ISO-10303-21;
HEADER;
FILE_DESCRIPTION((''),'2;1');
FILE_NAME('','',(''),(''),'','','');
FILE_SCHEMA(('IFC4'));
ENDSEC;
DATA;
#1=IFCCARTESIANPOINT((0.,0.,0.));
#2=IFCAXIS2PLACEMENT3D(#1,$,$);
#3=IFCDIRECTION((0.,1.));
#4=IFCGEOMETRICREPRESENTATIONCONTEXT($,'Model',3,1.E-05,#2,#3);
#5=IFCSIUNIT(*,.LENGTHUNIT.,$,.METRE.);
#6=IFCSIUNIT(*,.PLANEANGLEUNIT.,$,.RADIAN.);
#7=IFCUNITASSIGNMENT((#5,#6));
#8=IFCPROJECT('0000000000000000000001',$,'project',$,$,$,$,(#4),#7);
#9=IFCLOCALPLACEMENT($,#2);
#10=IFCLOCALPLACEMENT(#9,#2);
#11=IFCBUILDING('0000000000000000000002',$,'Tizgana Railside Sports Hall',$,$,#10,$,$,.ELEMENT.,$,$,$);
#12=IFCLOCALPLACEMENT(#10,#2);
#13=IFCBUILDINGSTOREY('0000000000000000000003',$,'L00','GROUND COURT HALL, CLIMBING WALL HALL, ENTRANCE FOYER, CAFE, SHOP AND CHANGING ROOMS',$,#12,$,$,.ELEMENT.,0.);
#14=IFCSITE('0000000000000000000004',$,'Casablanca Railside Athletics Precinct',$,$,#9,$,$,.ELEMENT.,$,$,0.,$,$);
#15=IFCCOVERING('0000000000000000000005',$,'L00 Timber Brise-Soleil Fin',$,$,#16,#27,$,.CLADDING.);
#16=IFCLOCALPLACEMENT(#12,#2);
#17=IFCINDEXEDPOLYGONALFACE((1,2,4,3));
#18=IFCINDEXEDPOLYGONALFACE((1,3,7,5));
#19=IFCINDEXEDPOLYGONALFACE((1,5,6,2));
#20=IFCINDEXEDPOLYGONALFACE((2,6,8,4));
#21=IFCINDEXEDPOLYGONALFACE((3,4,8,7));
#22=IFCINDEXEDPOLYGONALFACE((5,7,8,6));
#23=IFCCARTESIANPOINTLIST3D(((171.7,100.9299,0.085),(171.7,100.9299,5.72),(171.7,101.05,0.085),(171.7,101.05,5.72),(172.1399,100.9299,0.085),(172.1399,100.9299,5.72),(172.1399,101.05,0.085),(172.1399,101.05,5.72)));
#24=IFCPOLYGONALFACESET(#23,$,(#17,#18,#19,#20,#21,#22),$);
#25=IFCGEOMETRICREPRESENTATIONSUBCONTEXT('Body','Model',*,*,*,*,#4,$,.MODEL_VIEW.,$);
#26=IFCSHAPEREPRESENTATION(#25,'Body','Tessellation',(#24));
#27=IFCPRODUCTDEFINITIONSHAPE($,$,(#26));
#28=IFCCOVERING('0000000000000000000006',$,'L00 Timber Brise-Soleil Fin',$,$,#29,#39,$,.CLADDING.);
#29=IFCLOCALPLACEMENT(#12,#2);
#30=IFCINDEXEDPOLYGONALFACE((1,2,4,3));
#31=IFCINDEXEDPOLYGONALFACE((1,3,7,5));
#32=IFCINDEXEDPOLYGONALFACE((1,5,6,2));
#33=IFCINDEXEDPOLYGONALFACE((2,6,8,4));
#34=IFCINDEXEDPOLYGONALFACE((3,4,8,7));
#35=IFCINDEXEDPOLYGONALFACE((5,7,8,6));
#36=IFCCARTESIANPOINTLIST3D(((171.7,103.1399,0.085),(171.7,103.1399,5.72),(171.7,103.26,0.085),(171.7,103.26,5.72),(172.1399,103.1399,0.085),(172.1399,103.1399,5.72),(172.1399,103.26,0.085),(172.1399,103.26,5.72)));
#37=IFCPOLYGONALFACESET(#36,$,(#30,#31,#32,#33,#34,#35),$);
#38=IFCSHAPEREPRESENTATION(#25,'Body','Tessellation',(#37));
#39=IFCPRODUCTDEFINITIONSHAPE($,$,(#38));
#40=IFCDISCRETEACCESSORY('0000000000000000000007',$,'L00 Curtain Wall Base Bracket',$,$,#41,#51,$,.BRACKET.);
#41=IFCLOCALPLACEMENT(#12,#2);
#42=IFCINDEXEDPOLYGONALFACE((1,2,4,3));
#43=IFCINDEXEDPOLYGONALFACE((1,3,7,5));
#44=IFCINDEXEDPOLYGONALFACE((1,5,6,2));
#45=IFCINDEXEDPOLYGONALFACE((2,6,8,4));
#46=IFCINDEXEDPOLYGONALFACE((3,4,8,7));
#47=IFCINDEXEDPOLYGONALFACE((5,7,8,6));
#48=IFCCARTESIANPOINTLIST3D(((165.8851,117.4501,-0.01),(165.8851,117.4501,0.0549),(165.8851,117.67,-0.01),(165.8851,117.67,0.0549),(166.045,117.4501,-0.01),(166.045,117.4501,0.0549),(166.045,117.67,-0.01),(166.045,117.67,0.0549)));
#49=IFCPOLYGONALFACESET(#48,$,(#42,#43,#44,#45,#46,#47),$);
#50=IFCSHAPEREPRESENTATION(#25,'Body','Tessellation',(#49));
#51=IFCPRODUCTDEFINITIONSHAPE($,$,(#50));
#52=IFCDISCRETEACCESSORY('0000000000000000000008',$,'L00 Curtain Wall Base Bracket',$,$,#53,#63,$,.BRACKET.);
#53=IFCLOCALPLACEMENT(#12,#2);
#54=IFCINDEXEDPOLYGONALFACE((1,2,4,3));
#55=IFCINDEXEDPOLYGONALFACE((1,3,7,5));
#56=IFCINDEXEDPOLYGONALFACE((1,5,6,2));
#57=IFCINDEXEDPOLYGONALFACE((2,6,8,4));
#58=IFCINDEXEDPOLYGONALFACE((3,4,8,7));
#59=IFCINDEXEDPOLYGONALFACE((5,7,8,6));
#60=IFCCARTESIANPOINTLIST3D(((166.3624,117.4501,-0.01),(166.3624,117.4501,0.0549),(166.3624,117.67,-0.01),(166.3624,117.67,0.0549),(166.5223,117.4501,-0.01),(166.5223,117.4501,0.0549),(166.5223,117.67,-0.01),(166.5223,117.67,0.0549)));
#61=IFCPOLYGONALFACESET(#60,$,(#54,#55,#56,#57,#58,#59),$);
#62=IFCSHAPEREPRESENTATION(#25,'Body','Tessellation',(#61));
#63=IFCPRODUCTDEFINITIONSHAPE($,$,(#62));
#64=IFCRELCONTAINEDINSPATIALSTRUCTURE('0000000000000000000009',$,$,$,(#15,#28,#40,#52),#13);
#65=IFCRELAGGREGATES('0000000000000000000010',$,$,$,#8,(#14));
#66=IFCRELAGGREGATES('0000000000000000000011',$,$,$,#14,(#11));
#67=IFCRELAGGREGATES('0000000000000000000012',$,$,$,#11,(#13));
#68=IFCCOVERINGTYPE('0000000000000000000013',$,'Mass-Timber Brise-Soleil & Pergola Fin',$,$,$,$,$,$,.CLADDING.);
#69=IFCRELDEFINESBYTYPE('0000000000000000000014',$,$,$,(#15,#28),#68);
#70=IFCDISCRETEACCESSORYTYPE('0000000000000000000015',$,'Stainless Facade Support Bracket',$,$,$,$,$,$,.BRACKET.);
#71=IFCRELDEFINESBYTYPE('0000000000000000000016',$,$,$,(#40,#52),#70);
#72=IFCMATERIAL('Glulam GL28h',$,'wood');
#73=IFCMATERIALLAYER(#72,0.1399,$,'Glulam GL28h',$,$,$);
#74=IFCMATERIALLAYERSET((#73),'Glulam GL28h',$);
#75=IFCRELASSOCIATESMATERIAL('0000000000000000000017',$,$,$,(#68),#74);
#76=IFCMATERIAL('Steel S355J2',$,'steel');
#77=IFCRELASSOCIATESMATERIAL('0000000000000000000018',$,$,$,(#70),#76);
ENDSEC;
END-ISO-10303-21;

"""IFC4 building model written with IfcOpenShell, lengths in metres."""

from ifc_helpers import new_model, si_unit, direction, frame, origin, origin_2d, place, context, subcontext, project, spatial, rectangle, extrude, material, layer, layer_set, type_object, element, save


model = new_model("IFC4")

# Units and contexts
model_context = context("Model", 3, precision=1e-05, world=origin(), true_north=direction((0.0, 1.0)))
body_context = subcontext(model_context, "Body", "Model", "MODEL_VIEW")
ifc_project = project(units=[si_unit("LENGTHUNIT", "METRE"), si_unit("PLANEANGLEUNIT", "RADIAN")], contexts=[model_context])

# Site, building, storey
site_placement = place(None, origin())
site = spatial("IfcSite", under=ifc_project, at=site_placement, Name="Casablanca Railside Athletics Precinct", CompositionType="ELEMENT", RefElevation=0.0)
building_placement = place(site_placement, origin())
building = spatial("IfcBuilding", under=site, at=building_placement, Name="Tizgana Railside Sports Hall", CompositionType="ELEMENT")
storey_placement = place(building_placement, origin())
storey = spatial("IfcBuildingStorey", under=building, at=storey_placement, Name="L00", Description="GROUND COURT HALL, CLIMBING WALL HALL, ENTRANCE FOYER, CAFE, SHOP AND CHANGING ROOMS", CompositionType="ELEMENT", Elevation=0.0)

# Shared definitions
ifc_material_1 = material(Name="Steel S355J2", Category="steel")

# Coverings
ifc_material_2 = material(Name="Glulam GL28h", Category="wood")
ifc_layer_1 = layer(ifc_material_2, 0.1399, Name="Glulam GL28h")
ifc_layer_set_1 = layer_set([ifc_layer_1], Name="Glulam GL28h")
covering_type = type_object("IfcCoveringType", Name="Mass-Timber Brise-Soleil & Pergola Fin", PredefinedType="CLADDING", material=ifc_layer_set_1)
for number, where, z_axis, x_axis, name in (
    (1, (171.9199, 100.99, 0.085), (0.0, 0.0, 1.0), (0.0, 1.0, 0.0), "L00 Timber Brise-Soleil Fin"),
    (2, (171.9199, 103.2, 0.085), (0.0, 0.0, 1.0), (0.0, 1.0, 0.0), "L00 Timber Brise-Soleil Fin"),
):
    element("IfcCovering", number, at=place(storey_placement, frame(where, z_axis=z_axis, x_axis=x_axis)), inside=storey, type_object=covering_type, Name=name, PredefinedType="CLADDING", context=body_context, shape_type="SweptSolid", body=[
        extrude(rectangle(XDim=0.1201, YDim=0.4399, at=origin_2d()), origin(), (0.0, 0.0, 1.0), 5.635),
    ])

# Discrete accessories
discrete_accessory_type = type_object("IfcDiscreteAccessoryType", Name="Stainless Facade Support Bracket", PredefinedType="BRACKET", material=ifc_material_1)
for number, where, z_axis, x_axis, name in (
    (3, (165.9651, 117.5601, -0.01), (0.0, 0.0, 1.0), (1.0, 0.0, 0.0), "L00 Curtain Wall Base Bracket"),
    (4, (166.4424, 117.5601, -0.01), (0.0, 0.0, 1.0), (1.0, 0.0, 0.0), "L00 Curtain Wall Base Bracket"),
):
    element("IfcDiscreteAccessory", number, at=place(storey_placement, frame(where, z_axis=z_axis, x_axis=x_axis)), inside=storey, type_object=discrete_accessory_type, Name=name, PredefinedType="BRACKET", context=body_context, shape_type="SweptSolid", body=[
        extrude(rectangle(XDim=0.1599, YDim=0.22, at=origin_2d()), origin(), (0.0, 0.0, 1.0), 0.0649),
    ])

save(model, "model.ifc")
